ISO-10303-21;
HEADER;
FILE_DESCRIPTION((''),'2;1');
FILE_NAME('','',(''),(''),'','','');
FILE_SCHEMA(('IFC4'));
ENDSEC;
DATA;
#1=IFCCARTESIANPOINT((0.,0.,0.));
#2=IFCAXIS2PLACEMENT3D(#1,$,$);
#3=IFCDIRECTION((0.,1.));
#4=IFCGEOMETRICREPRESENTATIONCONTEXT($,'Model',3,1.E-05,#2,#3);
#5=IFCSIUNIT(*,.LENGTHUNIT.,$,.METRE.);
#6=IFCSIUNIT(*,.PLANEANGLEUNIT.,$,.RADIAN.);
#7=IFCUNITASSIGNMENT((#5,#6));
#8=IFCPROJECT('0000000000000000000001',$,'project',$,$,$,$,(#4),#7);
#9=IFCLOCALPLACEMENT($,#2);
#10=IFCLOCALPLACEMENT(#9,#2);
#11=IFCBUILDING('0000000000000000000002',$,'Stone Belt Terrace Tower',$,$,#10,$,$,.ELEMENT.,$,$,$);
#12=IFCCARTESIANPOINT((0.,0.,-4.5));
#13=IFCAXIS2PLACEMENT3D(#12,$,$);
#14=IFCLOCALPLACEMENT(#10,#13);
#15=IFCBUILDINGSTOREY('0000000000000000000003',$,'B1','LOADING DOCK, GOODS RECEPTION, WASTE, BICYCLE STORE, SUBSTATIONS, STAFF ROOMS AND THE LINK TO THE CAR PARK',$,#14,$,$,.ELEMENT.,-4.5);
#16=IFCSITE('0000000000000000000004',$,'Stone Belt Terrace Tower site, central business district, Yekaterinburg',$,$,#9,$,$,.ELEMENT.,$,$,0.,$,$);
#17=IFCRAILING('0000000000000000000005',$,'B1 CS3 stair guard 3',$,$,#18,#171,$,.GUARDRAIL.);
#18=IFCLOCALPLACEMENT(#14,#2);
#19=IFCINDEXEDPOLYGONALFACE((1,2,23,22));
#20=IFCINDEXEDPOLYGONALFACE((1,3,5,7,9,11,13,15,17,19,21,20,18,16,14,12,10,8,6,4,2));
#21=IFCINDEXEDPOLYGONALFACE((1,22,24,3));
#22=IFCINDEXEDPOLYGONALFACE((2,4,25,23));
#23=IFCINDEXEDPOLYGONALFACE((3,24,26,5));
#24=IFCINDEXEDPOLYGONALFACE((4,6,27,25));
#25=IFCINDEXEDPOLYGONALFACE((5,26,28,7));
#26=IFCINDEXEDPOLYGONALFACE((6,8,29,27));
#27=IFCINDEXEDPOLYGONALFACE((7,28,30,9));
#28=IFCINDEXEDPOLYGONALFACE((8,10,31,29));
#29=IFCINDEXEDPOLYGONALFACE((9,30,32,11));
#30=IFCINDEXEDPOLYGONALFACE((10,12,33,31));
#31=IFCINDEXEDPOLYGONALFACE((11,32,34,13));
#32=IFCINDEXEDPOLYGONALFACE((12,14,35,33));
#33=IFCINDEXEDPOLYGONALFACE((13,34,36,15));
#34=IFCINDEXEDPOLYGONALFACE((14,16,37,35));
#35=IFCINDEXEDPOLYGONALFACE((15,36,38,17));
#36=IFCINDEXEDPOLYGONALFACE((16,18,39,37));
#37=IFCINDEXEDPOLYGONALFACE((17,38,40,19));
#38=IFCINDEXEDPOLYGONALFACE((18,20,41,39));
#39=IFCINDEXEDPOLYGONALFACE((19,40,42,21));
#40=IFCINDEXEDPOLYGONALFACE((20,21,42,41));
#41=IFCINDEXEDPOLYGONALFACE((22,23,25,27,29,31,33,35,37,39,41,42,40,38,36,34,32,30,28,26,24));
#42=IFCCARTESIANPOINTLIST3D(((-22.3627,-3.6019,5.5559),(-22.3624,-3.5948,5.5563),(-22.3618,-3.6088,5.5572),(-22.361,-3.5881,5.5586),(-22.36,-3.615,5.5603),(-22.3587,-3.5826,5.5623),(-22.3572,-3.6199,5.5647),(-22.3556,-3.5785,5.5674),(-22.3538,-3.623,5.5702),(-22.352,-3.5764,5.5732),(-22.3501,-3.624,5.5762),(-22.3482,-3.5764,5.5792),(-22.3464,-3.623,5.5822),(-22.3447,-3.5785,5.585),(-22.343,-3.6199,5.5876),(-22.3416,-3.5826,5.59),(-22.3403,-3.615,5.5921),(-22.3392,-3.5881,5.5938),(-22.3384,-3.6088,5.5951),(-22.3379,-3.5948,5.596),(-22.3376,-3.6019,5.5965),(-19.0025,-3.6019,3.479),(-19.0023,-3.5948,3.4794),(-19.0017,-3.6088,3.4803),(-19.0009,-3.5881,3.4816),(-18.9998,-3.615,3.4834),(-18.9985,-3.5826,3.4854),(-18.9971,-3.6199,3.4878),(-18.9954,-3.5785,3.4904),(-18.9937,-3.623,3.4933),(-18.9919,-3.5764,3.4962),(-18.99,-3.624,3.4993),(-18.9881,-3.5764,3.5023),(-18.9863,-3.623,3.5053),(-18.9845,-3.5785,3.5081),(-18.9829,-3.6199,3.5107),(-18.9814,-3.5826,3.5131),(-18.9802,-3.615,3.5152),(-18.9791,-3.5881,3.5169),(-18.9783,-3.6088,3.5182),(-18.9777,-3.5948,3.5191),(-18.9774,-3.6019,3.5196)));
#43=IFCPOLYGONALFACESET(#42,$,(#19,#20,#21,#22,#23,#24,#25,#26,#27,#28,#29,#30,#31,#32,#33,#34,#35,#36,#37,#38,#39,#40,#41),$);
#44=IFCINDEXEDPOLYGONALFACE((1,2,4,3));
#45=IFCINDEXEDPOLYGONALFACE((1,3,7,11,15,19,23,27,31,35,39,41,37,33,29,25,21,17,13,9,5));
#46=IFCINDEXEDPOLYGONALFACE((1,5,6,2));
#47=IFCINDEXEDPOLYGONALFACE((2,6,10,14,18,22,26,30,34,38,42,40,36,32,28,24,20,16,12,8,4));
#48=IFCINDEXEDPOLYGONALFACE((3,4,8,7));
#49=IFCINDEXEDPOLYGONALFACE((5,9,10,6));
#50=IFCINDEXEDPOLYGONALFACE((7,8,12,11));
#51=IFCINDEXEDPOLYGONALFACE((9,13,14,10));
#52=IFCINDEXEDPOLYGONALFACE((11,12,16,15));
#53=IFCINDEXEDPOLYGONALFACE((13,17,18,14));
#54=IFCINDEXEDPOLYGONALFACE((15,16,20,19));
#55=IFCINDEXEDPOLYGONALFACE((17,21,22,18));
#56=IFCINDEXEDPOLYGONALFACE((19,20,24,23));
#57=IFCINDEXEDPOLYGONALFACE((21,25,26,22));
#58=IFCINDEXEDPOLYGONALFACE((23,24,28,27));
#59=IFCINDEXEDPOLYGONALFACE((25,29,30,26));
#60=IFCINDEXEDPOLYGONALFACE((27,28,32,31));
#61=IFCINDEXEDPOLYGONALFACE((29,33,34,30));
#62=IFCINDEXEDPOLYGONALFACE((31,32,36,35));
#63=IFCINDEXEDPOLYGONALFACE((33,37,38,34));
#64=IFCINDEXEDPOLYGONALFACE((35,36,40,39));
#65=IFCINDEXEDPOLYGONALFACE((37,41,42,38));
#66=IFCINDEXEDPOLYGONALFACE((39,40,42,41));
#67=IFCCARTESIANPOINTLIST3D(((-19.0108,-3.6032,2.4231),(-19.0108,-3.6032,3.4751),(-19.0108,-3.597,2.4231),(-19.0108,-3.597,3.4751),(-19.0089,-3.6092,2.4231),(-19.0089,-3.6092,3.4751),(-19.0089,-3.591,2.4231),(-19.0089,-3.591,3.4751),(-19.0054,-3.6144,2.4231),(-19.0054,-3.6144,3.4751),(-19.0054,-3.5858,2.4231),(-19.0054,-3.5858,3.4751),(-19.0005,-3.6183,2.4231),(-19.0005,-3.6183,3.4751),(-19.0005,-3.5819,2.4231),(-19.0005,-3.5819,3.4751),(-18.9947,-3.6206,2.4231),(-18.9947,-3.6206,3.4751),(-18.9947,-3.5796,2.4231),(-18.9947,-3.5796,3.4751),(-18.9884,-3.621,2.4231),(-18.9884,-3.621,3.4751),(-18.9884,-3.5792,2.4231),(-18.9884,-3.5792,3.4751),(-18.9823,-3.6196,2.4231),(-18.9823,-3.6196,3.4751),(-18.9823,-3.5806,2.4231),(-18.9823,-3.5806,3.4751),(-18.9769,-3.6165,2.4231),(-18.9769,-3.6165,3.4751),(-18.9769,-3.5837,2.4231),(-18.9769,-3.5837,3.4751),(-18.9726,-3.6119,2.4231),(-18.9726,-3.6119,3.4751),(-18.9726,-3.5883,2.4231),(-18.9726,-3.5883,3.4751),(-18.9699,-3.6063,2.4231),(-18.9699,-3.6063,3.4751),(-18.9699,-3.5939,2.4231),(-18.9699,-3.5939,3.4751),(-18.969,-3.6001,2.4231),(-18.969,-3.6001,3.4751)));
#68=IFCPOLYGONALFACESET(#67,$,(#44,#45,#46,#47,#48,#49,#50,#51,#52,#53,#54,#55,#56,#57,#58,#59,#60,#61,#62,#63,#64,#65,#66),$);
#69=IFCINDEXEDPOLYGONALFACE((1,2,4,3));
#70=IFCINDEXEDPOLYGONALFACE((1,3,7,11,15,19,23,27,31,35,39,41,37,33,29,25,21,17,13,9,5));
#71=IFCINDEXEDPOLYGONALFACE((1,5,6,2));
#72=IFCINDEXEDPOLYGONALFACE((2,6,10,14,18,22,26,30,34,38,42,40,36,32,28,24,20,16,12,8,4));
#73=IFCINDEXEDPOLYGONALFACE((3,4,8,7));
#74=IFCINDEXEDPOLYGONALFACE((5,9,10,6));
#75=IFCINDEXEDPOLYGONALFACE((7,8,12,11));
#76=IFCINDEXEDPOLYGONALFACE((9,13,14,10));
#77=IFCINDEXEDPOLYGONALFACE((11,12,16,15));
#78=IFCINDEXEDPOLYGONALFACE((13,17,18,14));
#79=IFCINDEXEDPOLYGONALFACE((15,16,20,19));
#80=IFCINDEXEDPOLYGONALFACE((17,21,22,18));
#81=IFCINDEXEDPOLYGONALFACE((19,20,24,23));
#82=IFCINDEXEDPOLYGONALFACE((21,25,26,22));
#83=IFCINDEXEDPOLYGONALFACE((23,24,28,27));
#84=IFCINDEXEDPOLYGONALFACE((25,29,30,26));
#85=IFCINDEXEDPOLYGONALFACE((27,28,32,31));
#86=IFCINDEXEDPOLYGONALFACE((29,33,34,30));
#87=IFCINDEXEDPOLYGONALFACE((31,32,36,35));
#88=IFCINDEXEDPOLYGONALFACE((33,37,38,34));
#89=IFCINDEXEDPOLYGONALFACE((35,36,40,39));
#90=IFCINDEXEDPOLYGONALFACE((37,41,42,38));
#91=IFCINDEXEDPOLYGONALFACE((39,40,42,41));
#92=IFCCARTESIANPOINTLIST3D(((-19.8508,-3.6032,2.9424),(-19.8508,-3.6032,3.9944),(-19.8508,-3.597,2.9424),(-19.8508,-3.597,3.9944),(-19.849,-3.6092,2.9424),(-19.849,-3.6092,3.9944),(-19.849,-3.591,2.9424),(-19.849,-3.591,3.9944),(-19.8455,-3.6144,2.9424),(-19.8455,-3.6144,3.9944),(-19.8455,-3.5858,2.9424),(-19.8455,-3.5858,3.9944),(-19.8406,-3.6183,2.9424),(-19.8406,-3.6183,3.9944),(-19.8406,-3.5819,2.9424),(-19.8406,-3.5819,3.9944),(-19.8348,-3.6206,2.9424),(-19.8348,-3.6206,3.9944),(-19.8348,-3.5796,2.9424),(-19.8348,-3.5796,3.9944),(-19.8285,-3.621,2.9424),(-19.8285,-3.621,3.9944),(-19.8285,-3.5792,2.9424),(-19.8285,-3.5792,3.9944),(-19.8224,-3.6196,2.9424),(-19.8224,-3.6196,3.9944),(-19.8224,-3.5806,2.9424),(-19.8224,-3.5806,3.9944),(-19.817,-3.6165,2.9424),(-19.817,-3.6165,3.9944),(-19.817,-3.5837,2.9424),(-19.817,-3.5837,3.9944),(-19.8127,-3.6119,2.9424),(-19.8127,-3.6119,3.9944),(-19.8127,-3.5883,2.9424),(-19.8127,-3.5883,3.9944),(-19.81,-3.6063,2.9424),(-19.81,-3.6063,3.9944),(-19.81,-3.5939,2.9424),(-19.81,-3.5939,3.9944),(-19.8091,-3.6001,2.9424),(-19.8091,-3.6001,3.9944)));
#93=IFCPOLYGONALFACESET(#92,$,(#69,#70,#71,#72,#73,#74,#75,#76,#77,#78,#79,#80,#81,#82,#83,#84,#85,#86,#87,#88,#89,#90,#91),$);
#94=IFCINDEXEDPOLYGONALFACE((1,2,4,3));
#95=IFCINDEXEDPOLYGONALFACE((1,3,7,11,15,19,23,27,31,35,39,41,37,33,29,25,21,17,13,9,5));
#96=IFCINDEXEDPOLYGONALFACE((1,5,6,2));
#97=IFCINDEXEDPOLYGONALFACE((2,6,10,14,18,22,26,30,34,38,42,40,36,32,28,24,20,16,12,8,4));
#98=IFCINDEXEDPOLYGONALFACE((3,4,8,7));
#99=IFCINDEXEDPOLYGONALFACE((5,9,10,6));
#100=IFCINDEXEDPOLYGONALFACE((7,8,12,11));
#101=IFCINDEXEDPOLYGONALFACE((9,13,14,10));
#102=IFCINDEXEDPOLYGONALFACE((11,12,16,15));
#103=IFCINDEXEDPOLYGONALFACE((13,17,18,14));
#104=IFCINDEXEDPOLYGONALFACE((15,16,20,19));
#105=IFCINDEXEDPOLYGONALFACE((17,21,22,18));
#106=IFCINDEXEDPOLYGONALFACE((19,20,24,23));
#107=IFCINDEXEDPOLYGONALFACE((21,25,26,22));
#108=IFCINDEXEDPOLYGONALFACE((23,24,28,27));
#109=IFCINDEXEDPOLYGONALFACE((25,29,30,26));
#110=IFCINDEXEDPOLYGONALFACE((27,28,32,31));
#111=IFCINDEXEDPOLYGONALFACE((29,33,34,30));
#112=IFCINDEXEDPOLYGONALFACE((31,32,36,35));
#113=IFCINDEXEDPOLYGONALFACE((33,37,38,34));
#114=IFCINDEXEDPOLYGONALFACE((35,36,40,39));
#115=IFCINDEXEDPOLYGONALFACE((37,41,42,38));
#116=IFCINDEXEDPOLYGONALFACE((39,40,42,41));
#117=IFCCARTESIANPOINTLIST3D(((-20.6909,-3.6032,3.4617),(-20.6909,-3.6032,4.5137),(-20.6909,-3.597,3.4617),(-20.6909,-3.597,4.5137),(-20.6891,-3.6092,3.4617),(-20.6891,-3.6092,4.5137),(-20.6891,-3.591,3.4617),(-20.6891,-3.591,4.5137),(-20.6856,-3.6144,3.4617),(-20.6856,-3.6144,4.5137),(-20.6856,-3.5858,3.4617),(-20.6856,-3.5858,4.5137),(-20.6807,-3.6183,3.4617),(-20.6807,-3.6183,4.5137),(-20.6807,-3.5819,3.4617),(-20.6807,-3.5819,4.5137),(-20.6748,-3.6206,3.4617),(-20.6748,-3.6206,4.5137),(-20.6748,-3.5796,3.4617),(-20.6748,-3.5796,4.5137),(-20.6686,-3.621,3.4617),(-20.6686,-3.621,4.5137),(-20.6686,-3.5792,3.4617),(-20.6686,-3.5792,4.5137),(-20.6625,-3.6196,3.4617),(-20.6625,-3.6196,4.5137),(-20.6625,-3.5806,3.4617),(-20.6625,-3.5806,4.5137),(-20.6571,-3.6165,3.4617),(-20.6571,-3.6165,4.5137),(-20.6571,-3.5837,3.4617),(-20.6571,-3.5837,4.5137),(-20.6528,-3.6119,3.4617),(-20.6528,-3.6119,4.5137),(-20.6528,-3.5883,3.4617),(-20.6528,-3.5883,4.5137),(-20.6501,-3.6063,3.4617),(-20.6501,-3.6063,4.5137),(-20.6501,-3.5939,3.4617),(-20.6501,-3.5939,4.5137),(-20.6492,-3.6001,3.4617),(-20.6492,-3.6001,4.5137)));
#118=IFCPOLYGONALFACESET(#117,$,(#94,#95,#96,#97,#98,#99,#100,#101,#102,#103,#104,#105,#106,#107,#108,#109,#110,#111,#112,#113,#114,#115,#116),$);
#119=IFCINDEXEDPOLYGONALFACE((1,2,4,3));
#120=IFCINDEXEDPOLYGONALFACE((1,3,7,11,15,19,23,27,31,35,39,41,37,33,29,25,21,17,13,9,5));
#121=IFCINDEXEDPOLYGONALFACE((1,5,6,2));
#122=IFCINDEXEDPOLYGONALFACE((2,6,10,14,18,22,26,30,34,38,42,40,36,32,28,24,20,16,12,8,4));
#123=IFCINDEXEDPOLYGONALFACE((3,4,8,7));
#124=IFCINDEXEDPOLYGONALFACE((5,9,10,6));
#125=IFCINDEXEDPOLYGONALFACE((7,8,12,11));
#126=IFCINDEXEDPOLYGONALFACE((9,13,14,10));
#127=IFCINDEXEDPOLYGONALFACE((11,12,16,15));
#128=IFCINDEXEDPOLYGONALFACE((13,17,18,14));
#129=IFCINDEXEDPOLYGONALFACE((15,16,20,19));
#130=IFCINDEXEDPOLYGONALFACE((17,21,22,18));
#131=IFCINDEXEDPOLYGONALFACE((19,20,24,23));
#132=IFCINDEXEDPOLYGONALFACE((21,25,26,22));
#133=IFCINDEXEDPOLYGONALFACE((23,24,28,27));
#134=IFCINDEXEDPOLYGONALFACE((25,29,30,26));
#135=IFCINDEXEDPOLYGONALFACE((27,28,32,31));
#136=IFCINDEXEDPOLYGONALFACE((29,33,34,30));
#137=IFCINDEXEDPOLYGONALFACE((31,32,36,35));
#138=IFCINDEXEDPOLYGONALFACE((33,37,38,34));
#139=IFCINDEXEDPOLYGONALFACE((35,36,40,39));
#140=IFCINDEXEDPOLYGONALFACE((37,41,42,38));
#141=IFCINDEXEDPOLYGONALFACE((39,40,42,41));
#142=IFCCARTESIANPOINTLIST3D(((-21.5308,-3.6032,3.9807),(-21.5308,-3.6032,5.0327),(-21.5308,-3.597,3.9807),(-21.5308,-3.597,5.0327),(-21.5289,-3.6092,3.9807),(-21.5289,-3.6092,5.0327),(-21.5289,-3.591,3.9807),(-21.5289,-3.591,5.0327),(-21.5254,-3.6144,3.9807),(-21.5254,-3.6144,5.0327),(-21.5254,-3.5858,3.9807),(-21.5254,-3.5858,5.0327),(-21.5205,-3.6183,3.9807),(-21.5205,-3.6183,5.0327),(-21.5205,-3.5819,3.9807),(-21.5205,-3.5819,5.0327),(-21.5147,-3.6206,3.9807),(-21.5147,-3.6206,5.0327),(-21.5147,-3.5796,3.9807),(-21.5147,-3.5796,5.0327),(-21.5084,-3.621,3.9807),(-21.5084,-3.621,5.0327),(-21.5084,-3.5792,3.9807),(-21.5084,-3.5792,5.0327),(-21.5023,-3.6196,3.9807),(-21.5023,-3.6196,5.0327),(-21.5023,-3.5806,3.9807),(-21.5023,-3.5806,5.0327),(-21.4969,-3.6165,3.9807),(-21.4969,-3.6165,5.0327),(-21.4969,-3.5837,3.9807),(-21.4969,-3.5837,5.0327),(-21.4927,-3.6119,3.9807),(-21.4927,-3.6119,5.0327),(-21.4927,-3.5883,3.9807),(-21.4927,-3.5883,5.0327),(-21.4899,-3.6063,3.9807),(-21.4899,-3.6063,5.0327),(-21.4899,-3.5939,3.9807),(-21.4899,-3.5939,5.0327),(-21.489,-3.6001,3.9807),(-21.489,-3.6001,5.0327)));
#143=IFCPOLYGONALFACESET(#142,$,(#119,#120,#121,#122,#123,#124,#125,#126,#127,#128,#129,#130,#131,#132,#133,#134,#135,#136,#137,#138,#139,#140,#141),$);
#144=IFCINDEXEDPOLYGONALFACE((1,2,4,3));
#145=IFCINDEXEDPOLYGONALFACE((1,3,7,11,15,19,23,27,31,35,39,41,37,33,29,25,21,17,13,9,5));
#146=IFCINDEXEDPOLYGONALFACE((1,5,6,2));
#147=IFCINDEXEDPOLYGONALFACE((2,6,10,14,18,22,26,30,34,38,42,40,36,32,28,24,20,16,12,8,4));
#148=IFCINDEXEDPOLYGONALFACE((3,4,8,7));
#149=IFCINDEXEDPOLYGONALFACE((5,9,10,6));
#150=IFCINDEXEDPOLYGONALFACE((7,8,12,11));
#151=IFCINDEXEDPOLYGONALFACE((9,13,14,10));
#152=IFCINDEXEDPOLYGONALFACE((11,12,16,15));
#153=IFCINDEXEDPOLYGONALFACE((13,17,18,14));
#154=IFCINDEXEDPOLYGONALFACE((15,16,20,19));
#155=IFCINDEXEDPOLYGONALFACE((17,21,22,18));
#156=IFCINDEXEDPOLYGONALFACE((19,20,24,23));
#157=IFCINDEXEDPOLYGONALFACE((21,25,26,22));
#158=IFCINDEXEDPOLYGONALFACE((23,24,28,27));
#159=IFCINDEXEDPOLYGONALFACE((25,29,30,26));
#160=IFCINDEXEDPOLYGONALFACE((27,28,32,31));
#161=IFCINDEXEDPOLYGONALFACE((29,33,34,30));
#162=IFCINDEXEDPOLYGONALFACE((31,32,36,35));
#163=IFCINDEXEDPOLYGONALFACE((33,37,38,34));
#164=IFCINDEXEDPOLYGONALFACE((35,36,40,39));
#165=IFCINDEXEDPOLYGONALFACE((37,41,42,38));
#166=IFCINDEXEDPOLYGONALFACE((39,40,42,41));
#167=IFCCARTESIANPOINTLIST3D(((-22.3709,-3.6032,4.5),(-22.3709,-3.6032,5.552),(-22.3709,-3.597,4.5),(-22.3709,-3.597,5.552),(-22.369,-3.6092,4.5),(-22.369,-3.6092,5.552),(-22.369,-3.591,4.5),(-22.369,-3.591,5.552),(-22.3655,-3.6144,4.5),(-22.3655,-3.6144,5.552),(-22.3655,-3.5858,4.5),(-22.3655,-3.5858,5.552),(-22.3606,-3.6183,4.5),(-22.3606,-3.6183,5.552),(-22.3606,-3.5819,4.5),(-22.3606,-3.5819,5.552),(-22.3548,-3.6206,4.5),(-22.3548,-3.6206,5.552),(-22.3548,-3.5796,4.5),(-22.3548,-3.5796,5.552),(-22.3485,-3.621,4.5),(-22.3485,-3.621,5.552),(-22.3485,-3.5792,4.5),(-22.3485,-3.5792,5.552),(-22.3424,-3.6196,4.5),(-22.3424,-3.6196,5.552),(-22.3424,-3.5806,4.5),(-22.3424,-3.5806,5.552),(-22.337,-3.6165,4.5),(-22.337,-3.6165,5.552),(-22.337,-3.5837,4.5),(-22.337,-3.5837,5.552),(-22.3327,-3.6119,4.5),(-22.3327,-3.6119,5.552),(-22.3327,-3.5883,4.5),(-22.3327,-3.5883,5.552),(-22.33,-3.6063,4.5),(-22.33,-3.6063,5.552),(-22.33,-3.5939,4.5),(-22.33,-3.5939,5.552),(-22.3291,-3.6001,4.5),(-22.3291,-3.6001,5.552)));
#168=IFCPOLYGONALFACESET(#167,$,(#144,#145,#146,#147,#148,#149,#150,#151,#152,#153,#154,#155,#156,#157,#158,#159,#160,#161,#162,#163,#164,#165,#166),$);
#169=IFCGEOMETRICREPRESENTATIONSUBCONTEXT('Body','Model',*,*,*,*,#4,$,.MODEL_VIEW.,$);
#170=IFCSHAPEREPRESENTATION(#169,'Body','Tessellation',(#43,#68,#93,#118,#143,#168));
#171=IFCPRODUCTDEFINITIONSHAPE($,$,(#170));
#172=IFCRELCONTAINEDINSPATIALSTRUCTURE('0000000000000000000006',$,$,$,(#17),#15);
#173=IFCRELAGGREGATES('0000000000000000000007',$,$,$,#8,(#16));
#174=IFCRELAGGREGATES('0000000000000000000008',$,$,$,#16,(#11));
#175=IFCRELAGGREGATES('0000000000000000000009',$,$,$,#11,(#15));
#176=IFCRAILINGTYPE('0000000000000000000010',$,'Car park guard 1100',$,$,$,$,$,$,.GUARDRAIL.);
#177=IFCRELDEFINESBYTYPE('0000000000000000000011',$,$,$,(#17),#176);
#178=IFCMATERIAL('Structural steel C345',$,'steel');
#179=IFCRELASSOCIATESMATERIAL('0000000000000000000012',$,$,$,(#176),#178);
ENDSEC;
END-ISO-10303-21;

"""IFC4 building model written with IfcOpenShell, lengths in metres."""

from ifc_helpers import new_model, si_unit, direction, frame, origin, origin_2d, place, context, subcontext, project, spatial, circle, extrude, material, type_object, element, save


model = new_model("IFC4")

# Units and contexts
model_context = context("Model", 3, precision=1e-05, world=origin(), true_north=direction((0.0, 1.0)))
body_context = subcontext(model_context, "Body", "Model", "MODEL_VIEW")
ifc_project = project(units=[si_unit("LENGTHUNIT", "METRE"), si_unit("PLANEANGLEUNIT", "RADIAN")], contexts=[model_context])

# Site, building, storey
site_placement = place(None, origin())
site = spatial("IfcSite", under=ifc_project, at=site_placement, Name="Stone Belt Terrace Tower site, central business district, Yekaterinburg", CompositionType="ELEMENT", RefElevation=0.0)
building_placement = place(site_placement, origin())
building = spatial("IfcBuilding", under=site, at=building_placement, Name="Stone Belt Terrace Tower", CompositionType="ELEMENT")
storey_placement = place(building_placement, frame((0.0, 0.0, -4.5)))
storey = spatial("IfcBuildingStorey", under=building, at=storey_placement, Name="B1", Description="LOADING DOCK, GOODS RECEPTION, WASTE, BICYCLE STORE, SUBSTATIONS, STAFF ROOMS AND THE LINK TO THE CAR PARK", CompositionType="ELEMENT", Elevation=-4.5)

# Railing
ifc_material_1 = material(Name="Structural steel C345", Category="steel")
railing_type_1 = type_object("IfcRailingType", Name="Car park guard 1100", PredefinedType="GUARDRAIL", material=ifc_material_1)
railing_1_placement = place(storey_placement, frame((-18.99, -3.6001, 2.4231)))
element("IfcRailing", 1, at=railing_1_placement, inside=storey, type_object=railing_type_1, Name="B1 CS3 stair guard 3", PredefinedType="GUARDRAIL", context=body_context, shape_type="SweptSolid", body=[
    extrude(circle(Radius=0.0239, at=origin_2d()), frame((0.0, 0.0, 1.0762), z_axis=(-0.850623, 0.0, 0.525776), x_axis=(0.0, -1.0, 0.0)), (0.0, 0.0, 1.0), 3.9502),
    extrude(circle(Radius=0.021, at=origin_2d()), origin(), (0.0, 0.0, 1.0), 1.052),
    extrude(circle(Radius=0.021, at=origin_2d()), frame((-0.8401, 0.0, 0.5193)), (0.0, 0.0, 1.0), 1.052),
    extrude(circle(Radius=0.021, at=origin_2d()), frame((-1.6802, 0.0, 1.0386)), (0.0, 0.0, 1.0), 1.052),
    extrude(circle(Radius=0.021, at=origin_2d()), frame((-2.52, 0.0, 1.5576)), (0.0, 0.0, 1.0), 1.052),
    extrude(circle(Radius=0.021, at=origin_2d()), frame((-3.3601, 0.0, 2.0769)), (0.0, 0.0, 1.0), 1.052),
])

save(model, "model.ifc")
